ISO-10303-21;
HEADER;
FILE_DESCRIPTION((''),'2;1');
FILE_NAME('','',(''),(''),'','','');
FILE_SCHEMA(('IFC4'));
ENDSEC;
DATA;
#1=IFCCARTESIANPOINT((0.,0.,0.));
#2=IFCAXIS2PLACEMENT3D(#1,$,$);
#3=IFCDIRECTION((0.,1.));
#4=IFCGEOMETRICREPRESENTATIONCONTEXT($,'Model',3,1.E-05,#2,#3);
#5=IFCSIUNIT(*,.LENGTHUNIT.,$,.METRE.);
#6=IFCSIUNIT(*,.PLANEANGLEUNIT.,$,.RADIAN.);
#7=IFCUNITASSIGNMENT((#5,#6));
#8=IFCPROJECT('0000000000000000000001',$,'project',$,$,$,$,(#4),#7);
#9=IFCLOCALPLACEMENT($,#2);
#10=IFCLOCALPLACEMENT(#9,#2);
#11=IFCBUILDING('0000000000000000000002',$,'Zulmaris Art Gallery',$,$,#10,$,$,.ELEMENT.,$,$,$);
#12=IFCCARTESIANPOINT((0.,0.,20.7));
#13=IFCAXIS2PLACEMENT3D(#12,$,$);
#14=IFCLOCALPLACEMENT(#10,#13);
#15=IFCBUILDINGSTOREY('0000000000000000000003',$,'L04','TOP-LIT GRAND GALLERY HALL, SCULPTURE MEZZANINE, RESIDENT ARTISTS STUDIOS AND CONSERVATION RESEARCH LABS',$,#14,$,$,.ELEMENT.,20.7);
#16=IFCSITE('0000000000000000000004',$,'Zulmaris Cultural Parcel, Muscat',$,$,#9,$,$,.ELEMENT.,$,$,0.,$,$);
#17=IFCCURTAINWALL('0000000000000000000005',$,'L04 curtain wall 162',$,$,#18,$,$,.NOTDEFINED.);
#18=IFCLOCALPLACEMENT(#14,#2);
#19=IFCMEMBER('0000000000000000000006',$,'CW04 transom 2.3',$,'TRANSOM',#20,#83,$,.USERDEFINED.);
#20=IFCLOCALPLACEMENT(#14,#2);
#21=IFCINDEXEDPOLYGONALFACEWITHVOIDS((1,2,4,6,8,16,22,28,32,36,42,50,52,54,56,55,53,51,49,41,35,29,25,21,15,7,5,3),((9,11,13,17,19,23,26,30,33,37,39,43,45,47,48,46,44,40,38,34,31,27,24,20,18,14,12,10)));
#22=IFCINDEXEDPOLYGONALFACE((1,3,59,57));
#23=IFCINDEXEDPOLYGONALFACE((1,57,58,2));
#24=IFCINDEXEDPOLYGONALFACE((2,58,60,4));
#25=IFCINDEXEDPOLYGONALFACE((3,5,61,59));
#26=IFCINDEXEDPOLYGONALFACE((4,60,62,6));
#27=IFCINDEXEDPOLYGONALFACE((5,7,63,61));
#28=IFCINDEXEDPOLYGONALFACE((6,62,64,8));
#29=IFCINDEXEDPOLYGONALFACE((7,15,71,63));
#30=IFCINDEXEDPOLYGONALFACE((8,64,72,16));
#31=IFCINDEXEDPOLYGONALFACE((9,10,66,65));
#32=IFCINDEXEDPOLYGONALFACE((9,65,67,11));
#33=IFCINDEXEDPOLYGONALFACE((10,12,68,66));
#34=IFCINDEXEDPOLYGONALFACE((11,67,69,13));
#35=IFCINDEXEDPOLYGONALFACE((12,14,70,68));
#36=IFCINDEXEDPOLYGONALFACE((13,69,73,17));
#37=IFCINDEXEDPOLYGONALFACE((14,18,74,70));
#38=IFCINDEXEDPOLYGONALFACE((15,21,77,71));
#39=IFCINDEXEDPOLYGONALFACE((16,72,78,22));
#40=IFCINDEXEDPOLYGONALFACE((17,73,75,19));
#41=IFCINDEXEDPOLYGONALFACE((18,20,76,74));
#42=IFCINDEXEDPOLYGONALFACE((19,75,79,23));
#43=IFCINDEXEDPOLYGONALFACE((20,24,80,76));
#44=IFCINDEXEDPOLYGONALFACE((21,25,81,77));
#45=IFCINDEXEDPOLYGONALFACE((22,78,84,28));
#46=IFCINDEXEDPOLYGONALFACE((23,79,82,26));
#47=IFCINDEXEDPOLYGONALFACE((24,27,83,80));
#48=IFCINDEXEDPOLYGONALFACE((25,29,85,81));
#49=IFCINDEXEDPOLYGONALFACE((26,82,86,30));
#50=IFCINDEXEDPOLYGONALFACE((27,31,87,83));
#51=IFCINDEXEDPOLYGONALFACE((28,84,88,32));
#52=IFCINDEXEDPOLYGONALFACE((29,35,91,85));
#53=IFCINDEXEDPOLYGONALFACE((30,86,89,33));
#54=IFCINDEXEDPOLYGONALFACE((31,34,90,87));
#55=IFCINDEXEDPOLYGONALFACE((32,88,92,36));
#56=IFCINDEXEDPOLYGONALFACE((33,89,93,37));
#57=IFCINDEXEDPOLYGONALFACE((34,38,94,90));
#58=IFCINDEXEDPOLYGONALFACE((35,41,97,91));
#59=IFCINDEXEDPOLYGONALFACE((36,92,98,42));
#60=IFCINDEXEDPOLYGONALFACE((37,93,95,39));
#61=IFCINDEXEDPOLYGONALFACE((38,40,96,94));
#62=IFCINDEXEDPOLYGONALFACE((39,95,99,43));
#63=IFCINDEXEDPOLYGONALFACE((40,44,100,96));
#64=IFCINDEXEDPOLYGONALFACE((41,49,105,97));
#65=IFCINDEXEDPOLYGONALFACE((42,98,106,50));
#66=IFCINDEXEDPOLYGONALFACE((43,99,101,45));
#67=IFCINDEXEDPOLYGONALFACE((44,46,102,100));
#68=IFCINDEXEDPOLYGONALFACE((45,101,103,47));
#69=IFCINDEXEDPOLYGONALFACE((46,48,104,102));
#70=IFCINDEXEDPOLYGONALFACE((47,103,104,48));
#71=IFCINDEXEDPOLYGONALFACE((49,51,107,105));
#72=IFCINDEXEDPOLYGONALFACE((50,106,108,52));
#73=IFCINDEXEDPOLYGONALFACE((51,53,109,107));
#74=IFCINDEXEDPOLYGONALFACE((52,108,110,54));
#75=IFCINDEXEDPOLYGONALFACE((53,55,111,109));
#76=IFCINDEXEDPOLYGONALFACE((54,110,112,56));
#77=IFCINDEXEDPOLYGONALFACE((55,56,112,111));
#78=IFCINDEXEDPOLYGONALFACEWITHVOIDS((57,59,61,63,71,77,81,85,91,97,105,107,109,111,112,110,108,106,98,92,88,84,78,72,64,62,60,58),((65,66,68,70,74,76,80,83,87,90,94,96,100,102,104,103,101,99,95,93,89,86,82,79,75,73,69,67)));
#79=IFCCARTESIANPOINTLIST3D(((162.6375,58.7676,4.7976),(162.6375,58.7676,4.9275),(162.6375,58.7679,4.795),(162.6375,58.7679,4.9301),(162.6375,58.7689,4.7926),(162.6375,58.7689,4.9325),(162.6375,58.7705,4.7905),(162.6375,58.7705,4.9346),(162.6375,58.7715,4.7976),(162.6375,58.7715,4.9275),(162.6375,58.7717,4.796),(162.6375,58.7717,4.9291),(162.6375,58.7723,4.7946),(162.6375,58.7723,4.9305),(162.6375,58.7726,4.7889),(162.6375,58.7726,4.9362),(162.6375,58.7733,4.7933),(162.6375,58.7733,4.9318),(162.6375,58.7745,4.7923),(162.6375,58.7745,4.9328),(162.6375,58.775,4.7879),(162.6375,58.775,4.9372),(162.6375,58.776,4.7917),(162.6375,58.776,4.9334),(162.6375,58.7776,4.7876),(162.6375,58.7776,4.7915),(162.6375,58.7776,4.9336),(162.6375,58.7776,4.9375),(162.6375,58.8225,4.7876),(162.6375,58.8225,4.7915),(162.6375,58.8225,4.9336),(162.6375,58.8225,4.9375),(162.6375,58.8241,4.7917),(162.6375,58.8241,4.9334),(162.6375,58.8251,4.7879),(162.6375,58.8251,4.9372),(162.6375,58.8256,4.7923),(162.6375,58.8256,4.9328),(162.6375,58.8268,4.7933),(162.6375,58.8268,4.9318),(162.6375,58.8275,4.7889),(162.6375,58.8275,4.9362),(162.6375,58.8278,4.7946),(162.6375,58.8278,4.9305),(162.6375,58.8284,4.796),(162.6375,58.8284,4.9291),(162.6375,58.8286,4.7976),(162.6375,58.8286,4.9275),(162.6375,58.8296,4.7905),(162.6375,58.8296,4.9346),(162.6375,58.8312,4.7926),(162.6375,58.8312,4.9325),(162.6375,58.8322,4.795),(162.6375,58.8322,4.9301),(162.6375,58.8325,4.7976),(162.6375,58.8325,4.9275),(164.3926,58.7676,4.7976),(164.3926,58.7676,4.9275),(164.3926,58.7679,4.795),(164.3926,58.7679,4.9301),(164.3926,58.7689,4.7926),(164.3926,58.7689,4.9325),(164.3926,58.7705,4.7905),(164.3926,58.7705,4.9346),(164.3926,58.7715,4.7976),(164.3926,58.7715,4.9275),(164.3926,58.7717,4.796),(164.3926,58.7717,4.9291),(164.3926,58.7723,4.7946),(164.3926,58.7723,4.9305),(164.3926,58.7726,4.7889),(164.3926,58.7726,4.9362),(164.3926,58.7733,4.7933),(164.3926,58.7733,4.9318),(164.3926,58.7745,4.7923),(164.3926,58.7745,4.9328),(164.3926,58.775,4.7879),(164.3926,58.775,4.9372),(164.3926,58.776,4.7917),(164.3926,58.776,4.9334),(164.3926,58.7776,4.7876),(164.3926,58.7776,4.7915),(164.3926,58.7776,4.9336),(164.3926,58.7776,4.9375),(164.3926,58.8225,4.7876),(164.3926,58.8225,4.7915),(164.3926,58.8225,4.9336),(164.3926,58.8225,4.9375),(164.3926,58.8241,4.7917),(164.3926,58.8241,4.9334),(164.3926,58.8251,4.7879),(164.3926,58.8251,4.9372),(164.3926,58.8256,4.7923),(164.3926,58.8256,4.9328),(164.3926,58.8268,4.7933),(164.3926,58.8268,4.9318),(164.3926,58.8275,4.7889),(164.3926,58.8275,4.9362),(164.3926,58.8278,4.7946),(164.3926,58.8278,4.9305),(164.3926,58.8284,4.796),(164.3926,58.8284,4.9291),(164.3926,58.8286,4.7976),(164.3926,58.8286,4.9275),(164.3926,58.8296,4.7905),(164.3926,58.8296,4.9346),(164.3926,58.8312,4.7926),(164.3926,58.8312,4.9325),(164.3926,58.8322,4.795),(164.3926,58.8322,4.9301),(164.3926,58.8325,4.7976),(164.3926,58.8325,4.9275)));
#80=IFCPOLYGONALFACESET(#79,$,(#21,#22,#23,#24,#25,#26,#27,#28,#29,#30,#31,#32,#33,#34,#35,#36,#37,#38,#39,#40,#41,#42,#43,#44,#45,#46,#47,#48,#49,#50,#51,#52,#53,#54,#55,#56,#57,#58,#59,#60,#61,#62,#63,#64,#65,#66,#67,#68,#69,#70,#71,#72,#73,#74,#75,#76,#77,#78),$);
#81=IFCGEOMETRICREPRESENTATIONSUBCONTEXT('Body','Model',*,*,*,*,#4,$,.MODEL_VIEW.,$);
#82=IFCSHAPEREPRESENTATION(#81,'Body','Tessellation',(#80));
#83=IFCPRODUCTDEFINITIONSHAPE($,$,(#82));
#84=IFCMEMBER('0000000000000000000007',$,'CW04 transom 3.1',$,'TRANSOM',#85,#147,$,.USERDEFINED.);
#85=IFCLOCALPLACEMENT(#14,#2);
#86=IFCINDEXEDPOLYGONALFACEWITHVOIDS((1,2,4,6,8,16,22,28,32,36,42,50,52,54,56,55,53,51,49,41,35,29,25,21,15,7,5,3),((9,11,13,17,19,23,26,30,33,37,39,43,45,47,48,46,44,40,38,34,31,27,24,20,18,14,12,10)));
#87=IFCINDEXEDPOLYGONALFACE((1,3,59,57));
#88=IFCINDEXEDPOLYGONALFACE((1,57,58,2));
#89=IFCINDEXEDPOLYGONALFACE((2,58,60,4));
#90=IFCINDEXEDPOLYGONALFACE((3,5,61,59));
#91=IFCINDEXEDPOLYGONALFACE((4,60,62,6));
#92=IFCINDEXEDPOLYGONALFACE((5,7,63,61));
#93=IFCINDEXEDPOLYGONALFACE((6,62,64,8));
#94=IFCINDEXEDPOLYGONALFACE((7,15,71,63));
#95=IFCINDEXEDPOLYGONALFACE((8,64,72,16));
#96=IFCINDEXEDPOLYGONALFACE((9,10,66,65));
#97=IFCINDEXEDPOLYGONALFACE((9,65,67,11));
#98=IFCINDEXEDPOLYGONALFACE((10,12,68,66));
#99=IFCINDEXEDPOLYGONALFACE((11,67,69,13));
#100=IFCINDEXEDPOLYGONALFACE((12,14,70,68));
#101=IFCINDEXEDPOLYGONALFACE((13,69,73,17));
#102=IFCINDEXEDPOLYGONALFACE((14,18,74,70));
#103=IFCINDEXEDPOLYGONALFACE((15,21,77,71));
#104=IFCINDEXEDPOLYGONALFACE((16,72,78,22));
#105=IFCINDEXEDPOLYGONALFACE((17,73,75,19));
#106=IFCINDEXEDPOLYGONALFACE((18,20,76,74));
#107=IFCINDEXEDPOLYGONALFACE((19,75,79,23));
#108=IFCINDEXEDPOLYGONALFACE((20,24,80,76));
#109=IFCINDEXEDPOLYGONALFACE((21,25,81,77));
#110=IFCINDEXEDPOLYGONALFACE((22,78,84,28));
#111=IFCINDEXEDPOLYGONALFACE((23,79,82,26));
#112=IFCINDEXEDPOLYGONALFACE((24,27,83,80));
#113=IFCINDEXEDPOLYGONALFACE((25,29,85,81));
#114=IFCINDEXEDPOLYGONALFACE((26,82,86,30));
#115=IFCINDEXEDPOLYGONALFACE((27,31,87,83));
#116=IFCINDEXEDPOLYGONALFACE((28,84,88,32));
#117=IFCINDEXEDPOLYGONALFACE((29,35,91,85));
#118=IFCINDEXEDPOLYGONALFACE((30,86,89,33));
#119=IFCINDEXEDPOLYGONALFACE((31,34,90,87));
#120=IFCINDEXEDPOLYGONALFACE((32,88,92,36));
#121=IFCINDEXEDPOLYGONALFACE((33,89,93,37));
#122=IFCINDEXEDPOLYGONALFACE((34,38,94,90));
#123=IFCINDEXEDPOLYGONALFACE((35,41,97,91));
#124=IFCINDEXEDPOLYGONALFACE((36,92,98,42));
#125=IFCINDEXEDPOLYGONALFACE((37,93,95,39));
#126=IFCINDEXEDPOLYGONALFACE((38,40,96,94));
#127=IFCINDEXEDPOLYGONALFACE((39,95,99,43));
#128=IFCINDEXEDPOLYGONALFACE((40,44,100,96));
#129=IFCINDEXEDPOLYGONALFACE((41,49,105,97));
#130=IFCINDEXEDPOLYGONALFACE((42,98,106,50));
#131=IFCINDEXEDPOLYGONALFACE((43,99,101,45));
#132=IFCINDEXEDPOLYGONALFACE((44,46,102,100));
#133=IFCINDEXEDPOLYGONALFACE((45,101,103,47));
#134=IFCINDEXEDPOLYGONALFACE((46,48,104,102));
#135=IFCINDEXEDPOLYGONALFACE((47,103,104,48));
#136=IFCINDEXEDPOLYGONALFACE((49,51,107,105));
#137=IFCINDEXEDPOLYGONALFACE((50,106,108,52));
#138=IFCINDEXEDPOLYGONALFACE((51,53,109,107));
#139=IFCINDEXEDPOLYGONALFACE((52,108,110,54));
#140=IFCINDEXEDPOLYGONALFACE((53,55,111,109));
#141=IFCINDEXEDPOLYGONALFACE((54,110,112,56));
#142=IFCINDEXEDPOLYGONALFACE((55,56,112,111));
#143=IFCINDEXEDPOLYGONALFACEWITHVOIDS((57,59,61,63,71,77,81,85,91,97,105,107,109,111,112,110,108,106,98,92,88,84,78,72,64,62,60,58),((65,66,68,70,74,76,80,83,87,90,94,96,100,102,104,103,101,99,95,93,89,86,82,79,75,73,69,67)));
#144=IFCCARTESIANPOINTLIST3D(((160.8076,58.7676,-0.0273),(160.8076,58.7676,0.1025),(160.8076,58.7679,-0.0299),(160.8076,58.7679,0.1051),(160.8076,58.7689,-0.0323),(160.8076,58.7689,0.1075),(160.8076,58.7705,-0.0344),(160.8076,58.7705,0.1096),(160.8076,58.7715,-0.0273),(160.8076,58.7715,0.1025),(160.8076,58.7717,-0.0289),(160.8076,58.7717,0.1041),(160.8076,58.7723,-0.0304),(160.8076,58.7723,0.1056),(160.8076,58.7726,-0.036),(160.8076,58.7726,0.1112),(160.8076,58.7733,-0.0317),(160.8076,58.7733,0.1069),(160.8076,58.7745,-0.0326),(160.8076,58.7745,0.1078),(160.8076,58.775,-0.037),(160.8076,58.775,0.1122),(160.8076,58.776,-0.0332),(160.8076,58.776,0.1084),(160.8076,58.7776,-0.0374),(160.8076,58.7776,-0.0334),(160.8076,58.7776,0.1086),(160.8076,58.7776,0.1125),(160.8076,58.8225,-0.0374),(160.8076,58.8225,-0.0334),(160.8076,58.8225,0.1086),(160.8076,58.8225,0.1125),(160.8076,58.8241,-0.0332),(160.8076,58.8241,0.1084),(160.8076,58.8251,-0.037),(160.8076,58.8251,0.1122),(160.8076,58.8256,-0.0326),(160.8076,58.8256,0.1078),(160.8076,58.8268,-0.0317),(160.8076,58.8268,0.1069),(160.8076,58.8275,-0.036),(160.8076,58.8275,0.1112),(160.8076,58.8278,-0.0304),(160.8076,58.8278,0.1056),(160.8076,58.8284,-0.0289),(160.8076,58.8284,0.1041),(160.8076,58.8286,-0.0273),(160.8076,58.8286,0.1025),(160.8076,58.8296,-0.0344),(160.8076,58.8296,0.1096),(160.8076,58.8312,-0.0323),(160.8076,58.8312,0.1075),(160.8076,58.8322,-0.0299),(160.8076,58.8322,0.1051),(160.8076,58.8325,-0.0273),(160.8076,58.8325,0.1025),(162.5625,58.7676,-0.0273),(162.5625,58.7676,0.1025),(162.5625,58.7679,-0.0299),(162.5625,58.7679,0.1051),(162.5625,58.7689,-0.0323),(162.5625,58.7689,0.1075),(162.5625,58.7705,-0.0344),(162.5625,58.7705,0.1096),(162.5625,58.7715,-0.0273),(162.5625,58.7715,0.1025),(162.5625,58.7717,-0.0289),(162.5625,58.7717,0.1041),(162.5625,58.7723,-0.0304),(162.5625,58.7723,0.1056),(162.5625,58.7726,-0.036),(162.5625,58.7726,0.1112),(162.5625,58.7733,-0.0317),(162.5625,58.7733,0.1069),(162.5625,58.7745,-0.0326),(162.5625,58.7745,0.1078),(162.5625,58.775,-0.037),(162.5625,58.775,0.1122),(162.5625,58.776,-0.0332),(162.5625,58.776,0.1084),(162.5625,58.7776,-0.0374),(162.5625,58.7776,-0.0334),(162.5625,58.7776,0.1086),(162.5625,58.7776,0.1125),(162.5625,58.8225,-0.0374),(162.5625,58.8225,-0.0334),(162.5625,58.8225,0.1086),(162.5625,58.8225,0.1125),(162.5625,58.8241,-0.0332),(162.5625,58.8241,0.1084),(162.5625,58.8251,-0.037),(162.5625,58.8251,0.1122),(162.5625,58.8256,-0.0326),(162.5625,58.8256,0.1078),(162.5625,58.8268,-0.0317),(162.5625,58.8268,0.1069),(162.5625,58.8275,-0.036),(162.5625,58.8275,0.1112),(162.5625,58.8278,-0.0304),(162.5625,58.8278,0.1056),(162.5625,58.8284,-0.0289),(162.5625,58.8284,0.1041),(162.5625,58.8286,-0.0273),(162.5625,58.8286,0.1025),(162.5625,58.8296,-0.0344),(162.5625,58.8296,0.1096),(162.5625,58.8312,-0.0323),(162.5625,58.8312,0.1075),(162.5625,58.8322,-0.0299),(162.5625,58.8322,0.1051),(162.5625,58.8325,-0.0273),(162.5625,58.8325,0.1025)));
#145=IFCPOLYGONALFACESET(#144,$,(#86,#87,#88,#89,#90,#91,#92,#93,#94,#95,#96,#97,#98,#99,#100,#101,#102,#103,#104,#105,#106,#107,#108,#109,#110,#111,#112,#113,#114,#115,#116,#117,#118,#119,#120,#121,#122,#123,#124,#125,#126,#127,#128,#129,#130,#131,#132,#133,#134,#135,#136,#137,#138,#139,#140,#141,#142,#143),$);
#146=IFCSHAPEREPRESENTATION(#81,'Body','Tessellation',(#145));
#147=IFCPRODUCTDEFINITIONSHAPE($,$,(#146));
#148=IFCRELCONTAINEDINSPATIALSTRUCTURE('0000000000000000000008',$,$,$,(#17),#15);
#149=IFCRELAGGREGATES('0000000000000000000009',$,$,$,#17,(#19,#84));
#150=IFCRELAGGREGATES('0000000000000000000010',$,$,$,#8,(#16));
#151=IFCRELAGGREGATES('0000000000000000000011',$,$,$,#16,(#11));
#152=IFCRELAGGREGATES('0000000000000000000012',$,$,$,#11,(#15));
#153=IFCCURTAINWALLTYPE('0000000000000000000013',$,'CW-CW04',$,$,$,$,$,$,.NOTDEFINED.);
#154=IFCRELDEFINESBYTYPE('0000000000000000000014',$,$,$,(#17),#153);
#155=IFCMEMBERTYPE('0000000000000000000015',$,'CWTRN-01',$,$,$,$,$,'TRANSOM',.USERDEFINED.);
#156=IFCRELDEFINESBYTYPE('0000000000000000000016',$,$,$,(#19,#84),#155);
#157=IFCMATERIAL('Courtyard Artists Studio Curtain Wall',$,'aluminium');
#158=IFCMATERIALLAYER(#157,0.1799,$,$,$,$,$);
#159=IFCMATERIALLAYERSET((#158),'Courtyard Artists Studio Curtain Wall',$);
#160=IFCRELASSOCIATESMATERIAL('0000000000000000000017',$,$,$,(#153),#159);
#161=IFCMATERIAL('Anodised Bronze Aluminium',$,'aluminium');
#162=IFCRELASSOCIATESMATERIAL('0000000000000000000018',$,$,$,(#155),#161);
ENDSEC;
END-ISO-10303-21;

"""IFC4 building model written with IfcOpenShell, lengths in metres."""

from ifc_helpers import new_model, si_unit, direction, frame, origin, origin_2d, place, context, subcontext, project, spatial, hollow_rectangle, extrude, material, layer, layer_set, material_profile, profile_set, type_object, element, aggregate, save


model = new_model("IFC4")

# Units and contexts
model_context = context("Model", 3, precision=1e-05, world=origin(), true_north=direction((0.0, 1.0)))
body_context = subcontext(model_context, "Body", "Model", "MODEL_VIEW")
ifc_project = project(units=[si_unit("LENGTHUNIT", "METRE"), si_unit("PLANEANGLEUNIT", "RADIAN")], contexts=[model_context])

# Site, building, storey
site_placement = place(None, origin())
site = spatial("IfcSite", under=ifc_project, at=site_placement, Name="Zulmaris Cultural Parcel, Muscat", CompositionType="ELEMENT", RefElevation=0.0)
building_placement = place(site_placement, origin())
building = spatial("IfcBuilding", under=site, at=building_placement, Name="Zulmaris Art Gallery", CompositionType="ELEMENT")
storey_placement = place(building_placement, frame((0.0, 0.0, 20.7)))
storey = spatial("IfcBuildingStorey", under=building, at=storey_placement, Name="L04", Description="TOP-LIT GRAND GALLERY HALL, SCULPTURE MEZZANINE, RESIDENT ARTISTS STUDIOS AND CONSERVATION RESEARCH LABS", CompositionType="ELEMENT", Elevation=20.7)

# Shared definitions
ifc_material_1 = material(Name="Courtyard Artists Studio Curtain Wall", Category="aluminium")
ifc_layer_1 = layer(ifc_material_1, 0.1799)
ifc_layer_set_1 = layer_set([ifc_layer_1], Name="Courtyard Artists Studio Curtain Wall")
curtain_wall_type = type_object("IfcCurtainWallType", Name="CW-CW04", PredefinedType="NOTDEFINED", material=ifc_layer_set_1)
ifc_material_2 = material(Name="Anodised Bronze Aluminium", Category="aluminium")

# Curtain wall, members
curtain_wall_1_placement = place(storey_placement, origin())
curtain_wall_1 = element("IfcCurtainWall", 1, at=curtain_wall_1_placement, inside=storey, type_object=curtain_wall_type, Name="L04 curtain wall 162", PredefinedType="NOTDEFINED")
ifc_material_profile_1 = material_profile(ifc_material_2, hollow_rectangle(XDim=0.0649, YDim=0.1499, WallThickness=0.0039, InnerFilletRadius=0.0061, OuterFilletRadius=0.01, at=origin_2d()), Name="ALU 65x150x4")
ifc_profile_set_1 = profile_set([ifc_material_profile_1], Name="Anodised Bronze Aluminium")
member_type_1 = type_object("IfcMemberType", Name="CWTRN-01", ElementType="TRANSOM", PredefinedType="USERDEFINED", material=ifc_profile_set_1)
member_1_placement = place(storey_placement, frame((164.3926, 58.8, 4.8625), z_axis=(-1.0, 0.0, 0.0), x_axis=(0.0, -1.0, 0.0)))
member_1 = element("IfcMember", 2, at=member_1_placement, type_object=member_type_1, Name="CW04 transom 2.3", ObjectType="TRANSOM", PredefinedType="USERDEFINED", context=body_context, shape_type="SweptSolid", body=[
    extrude(hollow_rectangle(XDim=0.0649, YDim=0.1499, WallThickness=0.0039, InnerFilletRadius=0.0061, OuterFilletRadius=0.01, at=origin_2d()), origin(), (0.0, 0.0, 1.0), 1.7551),
])
member_2_placement = place(storey_placement, frame((162.5625, 58.8, 0.0376), z_axis=(-1.0, 0.0, 0.0), x_axis=(0.0, -1.0, 0.0)))
member_2 = element("IfcMember", 3, at=member_2_placement, type_object=member_type_1, Name="CW04 transom 3.1", ObjectType="TRANSOM", PredefinedType="USERDEFINED", context=body_context, shape_type="SweptSolid", body=[
    extrude(hollow_rectangle(XDim=0.0649, YDim=0.1499, WallThickness=0.0039, InnerFilletRadius=0.0061, OuterFilletRadius=0.01, at=origin_2d()), origin(), (0.0, 0.0, 1.0), 1.7549),
])
aggregate(curtain_wall_1, [member_1, member_2])

save(model, "model.ifc")
